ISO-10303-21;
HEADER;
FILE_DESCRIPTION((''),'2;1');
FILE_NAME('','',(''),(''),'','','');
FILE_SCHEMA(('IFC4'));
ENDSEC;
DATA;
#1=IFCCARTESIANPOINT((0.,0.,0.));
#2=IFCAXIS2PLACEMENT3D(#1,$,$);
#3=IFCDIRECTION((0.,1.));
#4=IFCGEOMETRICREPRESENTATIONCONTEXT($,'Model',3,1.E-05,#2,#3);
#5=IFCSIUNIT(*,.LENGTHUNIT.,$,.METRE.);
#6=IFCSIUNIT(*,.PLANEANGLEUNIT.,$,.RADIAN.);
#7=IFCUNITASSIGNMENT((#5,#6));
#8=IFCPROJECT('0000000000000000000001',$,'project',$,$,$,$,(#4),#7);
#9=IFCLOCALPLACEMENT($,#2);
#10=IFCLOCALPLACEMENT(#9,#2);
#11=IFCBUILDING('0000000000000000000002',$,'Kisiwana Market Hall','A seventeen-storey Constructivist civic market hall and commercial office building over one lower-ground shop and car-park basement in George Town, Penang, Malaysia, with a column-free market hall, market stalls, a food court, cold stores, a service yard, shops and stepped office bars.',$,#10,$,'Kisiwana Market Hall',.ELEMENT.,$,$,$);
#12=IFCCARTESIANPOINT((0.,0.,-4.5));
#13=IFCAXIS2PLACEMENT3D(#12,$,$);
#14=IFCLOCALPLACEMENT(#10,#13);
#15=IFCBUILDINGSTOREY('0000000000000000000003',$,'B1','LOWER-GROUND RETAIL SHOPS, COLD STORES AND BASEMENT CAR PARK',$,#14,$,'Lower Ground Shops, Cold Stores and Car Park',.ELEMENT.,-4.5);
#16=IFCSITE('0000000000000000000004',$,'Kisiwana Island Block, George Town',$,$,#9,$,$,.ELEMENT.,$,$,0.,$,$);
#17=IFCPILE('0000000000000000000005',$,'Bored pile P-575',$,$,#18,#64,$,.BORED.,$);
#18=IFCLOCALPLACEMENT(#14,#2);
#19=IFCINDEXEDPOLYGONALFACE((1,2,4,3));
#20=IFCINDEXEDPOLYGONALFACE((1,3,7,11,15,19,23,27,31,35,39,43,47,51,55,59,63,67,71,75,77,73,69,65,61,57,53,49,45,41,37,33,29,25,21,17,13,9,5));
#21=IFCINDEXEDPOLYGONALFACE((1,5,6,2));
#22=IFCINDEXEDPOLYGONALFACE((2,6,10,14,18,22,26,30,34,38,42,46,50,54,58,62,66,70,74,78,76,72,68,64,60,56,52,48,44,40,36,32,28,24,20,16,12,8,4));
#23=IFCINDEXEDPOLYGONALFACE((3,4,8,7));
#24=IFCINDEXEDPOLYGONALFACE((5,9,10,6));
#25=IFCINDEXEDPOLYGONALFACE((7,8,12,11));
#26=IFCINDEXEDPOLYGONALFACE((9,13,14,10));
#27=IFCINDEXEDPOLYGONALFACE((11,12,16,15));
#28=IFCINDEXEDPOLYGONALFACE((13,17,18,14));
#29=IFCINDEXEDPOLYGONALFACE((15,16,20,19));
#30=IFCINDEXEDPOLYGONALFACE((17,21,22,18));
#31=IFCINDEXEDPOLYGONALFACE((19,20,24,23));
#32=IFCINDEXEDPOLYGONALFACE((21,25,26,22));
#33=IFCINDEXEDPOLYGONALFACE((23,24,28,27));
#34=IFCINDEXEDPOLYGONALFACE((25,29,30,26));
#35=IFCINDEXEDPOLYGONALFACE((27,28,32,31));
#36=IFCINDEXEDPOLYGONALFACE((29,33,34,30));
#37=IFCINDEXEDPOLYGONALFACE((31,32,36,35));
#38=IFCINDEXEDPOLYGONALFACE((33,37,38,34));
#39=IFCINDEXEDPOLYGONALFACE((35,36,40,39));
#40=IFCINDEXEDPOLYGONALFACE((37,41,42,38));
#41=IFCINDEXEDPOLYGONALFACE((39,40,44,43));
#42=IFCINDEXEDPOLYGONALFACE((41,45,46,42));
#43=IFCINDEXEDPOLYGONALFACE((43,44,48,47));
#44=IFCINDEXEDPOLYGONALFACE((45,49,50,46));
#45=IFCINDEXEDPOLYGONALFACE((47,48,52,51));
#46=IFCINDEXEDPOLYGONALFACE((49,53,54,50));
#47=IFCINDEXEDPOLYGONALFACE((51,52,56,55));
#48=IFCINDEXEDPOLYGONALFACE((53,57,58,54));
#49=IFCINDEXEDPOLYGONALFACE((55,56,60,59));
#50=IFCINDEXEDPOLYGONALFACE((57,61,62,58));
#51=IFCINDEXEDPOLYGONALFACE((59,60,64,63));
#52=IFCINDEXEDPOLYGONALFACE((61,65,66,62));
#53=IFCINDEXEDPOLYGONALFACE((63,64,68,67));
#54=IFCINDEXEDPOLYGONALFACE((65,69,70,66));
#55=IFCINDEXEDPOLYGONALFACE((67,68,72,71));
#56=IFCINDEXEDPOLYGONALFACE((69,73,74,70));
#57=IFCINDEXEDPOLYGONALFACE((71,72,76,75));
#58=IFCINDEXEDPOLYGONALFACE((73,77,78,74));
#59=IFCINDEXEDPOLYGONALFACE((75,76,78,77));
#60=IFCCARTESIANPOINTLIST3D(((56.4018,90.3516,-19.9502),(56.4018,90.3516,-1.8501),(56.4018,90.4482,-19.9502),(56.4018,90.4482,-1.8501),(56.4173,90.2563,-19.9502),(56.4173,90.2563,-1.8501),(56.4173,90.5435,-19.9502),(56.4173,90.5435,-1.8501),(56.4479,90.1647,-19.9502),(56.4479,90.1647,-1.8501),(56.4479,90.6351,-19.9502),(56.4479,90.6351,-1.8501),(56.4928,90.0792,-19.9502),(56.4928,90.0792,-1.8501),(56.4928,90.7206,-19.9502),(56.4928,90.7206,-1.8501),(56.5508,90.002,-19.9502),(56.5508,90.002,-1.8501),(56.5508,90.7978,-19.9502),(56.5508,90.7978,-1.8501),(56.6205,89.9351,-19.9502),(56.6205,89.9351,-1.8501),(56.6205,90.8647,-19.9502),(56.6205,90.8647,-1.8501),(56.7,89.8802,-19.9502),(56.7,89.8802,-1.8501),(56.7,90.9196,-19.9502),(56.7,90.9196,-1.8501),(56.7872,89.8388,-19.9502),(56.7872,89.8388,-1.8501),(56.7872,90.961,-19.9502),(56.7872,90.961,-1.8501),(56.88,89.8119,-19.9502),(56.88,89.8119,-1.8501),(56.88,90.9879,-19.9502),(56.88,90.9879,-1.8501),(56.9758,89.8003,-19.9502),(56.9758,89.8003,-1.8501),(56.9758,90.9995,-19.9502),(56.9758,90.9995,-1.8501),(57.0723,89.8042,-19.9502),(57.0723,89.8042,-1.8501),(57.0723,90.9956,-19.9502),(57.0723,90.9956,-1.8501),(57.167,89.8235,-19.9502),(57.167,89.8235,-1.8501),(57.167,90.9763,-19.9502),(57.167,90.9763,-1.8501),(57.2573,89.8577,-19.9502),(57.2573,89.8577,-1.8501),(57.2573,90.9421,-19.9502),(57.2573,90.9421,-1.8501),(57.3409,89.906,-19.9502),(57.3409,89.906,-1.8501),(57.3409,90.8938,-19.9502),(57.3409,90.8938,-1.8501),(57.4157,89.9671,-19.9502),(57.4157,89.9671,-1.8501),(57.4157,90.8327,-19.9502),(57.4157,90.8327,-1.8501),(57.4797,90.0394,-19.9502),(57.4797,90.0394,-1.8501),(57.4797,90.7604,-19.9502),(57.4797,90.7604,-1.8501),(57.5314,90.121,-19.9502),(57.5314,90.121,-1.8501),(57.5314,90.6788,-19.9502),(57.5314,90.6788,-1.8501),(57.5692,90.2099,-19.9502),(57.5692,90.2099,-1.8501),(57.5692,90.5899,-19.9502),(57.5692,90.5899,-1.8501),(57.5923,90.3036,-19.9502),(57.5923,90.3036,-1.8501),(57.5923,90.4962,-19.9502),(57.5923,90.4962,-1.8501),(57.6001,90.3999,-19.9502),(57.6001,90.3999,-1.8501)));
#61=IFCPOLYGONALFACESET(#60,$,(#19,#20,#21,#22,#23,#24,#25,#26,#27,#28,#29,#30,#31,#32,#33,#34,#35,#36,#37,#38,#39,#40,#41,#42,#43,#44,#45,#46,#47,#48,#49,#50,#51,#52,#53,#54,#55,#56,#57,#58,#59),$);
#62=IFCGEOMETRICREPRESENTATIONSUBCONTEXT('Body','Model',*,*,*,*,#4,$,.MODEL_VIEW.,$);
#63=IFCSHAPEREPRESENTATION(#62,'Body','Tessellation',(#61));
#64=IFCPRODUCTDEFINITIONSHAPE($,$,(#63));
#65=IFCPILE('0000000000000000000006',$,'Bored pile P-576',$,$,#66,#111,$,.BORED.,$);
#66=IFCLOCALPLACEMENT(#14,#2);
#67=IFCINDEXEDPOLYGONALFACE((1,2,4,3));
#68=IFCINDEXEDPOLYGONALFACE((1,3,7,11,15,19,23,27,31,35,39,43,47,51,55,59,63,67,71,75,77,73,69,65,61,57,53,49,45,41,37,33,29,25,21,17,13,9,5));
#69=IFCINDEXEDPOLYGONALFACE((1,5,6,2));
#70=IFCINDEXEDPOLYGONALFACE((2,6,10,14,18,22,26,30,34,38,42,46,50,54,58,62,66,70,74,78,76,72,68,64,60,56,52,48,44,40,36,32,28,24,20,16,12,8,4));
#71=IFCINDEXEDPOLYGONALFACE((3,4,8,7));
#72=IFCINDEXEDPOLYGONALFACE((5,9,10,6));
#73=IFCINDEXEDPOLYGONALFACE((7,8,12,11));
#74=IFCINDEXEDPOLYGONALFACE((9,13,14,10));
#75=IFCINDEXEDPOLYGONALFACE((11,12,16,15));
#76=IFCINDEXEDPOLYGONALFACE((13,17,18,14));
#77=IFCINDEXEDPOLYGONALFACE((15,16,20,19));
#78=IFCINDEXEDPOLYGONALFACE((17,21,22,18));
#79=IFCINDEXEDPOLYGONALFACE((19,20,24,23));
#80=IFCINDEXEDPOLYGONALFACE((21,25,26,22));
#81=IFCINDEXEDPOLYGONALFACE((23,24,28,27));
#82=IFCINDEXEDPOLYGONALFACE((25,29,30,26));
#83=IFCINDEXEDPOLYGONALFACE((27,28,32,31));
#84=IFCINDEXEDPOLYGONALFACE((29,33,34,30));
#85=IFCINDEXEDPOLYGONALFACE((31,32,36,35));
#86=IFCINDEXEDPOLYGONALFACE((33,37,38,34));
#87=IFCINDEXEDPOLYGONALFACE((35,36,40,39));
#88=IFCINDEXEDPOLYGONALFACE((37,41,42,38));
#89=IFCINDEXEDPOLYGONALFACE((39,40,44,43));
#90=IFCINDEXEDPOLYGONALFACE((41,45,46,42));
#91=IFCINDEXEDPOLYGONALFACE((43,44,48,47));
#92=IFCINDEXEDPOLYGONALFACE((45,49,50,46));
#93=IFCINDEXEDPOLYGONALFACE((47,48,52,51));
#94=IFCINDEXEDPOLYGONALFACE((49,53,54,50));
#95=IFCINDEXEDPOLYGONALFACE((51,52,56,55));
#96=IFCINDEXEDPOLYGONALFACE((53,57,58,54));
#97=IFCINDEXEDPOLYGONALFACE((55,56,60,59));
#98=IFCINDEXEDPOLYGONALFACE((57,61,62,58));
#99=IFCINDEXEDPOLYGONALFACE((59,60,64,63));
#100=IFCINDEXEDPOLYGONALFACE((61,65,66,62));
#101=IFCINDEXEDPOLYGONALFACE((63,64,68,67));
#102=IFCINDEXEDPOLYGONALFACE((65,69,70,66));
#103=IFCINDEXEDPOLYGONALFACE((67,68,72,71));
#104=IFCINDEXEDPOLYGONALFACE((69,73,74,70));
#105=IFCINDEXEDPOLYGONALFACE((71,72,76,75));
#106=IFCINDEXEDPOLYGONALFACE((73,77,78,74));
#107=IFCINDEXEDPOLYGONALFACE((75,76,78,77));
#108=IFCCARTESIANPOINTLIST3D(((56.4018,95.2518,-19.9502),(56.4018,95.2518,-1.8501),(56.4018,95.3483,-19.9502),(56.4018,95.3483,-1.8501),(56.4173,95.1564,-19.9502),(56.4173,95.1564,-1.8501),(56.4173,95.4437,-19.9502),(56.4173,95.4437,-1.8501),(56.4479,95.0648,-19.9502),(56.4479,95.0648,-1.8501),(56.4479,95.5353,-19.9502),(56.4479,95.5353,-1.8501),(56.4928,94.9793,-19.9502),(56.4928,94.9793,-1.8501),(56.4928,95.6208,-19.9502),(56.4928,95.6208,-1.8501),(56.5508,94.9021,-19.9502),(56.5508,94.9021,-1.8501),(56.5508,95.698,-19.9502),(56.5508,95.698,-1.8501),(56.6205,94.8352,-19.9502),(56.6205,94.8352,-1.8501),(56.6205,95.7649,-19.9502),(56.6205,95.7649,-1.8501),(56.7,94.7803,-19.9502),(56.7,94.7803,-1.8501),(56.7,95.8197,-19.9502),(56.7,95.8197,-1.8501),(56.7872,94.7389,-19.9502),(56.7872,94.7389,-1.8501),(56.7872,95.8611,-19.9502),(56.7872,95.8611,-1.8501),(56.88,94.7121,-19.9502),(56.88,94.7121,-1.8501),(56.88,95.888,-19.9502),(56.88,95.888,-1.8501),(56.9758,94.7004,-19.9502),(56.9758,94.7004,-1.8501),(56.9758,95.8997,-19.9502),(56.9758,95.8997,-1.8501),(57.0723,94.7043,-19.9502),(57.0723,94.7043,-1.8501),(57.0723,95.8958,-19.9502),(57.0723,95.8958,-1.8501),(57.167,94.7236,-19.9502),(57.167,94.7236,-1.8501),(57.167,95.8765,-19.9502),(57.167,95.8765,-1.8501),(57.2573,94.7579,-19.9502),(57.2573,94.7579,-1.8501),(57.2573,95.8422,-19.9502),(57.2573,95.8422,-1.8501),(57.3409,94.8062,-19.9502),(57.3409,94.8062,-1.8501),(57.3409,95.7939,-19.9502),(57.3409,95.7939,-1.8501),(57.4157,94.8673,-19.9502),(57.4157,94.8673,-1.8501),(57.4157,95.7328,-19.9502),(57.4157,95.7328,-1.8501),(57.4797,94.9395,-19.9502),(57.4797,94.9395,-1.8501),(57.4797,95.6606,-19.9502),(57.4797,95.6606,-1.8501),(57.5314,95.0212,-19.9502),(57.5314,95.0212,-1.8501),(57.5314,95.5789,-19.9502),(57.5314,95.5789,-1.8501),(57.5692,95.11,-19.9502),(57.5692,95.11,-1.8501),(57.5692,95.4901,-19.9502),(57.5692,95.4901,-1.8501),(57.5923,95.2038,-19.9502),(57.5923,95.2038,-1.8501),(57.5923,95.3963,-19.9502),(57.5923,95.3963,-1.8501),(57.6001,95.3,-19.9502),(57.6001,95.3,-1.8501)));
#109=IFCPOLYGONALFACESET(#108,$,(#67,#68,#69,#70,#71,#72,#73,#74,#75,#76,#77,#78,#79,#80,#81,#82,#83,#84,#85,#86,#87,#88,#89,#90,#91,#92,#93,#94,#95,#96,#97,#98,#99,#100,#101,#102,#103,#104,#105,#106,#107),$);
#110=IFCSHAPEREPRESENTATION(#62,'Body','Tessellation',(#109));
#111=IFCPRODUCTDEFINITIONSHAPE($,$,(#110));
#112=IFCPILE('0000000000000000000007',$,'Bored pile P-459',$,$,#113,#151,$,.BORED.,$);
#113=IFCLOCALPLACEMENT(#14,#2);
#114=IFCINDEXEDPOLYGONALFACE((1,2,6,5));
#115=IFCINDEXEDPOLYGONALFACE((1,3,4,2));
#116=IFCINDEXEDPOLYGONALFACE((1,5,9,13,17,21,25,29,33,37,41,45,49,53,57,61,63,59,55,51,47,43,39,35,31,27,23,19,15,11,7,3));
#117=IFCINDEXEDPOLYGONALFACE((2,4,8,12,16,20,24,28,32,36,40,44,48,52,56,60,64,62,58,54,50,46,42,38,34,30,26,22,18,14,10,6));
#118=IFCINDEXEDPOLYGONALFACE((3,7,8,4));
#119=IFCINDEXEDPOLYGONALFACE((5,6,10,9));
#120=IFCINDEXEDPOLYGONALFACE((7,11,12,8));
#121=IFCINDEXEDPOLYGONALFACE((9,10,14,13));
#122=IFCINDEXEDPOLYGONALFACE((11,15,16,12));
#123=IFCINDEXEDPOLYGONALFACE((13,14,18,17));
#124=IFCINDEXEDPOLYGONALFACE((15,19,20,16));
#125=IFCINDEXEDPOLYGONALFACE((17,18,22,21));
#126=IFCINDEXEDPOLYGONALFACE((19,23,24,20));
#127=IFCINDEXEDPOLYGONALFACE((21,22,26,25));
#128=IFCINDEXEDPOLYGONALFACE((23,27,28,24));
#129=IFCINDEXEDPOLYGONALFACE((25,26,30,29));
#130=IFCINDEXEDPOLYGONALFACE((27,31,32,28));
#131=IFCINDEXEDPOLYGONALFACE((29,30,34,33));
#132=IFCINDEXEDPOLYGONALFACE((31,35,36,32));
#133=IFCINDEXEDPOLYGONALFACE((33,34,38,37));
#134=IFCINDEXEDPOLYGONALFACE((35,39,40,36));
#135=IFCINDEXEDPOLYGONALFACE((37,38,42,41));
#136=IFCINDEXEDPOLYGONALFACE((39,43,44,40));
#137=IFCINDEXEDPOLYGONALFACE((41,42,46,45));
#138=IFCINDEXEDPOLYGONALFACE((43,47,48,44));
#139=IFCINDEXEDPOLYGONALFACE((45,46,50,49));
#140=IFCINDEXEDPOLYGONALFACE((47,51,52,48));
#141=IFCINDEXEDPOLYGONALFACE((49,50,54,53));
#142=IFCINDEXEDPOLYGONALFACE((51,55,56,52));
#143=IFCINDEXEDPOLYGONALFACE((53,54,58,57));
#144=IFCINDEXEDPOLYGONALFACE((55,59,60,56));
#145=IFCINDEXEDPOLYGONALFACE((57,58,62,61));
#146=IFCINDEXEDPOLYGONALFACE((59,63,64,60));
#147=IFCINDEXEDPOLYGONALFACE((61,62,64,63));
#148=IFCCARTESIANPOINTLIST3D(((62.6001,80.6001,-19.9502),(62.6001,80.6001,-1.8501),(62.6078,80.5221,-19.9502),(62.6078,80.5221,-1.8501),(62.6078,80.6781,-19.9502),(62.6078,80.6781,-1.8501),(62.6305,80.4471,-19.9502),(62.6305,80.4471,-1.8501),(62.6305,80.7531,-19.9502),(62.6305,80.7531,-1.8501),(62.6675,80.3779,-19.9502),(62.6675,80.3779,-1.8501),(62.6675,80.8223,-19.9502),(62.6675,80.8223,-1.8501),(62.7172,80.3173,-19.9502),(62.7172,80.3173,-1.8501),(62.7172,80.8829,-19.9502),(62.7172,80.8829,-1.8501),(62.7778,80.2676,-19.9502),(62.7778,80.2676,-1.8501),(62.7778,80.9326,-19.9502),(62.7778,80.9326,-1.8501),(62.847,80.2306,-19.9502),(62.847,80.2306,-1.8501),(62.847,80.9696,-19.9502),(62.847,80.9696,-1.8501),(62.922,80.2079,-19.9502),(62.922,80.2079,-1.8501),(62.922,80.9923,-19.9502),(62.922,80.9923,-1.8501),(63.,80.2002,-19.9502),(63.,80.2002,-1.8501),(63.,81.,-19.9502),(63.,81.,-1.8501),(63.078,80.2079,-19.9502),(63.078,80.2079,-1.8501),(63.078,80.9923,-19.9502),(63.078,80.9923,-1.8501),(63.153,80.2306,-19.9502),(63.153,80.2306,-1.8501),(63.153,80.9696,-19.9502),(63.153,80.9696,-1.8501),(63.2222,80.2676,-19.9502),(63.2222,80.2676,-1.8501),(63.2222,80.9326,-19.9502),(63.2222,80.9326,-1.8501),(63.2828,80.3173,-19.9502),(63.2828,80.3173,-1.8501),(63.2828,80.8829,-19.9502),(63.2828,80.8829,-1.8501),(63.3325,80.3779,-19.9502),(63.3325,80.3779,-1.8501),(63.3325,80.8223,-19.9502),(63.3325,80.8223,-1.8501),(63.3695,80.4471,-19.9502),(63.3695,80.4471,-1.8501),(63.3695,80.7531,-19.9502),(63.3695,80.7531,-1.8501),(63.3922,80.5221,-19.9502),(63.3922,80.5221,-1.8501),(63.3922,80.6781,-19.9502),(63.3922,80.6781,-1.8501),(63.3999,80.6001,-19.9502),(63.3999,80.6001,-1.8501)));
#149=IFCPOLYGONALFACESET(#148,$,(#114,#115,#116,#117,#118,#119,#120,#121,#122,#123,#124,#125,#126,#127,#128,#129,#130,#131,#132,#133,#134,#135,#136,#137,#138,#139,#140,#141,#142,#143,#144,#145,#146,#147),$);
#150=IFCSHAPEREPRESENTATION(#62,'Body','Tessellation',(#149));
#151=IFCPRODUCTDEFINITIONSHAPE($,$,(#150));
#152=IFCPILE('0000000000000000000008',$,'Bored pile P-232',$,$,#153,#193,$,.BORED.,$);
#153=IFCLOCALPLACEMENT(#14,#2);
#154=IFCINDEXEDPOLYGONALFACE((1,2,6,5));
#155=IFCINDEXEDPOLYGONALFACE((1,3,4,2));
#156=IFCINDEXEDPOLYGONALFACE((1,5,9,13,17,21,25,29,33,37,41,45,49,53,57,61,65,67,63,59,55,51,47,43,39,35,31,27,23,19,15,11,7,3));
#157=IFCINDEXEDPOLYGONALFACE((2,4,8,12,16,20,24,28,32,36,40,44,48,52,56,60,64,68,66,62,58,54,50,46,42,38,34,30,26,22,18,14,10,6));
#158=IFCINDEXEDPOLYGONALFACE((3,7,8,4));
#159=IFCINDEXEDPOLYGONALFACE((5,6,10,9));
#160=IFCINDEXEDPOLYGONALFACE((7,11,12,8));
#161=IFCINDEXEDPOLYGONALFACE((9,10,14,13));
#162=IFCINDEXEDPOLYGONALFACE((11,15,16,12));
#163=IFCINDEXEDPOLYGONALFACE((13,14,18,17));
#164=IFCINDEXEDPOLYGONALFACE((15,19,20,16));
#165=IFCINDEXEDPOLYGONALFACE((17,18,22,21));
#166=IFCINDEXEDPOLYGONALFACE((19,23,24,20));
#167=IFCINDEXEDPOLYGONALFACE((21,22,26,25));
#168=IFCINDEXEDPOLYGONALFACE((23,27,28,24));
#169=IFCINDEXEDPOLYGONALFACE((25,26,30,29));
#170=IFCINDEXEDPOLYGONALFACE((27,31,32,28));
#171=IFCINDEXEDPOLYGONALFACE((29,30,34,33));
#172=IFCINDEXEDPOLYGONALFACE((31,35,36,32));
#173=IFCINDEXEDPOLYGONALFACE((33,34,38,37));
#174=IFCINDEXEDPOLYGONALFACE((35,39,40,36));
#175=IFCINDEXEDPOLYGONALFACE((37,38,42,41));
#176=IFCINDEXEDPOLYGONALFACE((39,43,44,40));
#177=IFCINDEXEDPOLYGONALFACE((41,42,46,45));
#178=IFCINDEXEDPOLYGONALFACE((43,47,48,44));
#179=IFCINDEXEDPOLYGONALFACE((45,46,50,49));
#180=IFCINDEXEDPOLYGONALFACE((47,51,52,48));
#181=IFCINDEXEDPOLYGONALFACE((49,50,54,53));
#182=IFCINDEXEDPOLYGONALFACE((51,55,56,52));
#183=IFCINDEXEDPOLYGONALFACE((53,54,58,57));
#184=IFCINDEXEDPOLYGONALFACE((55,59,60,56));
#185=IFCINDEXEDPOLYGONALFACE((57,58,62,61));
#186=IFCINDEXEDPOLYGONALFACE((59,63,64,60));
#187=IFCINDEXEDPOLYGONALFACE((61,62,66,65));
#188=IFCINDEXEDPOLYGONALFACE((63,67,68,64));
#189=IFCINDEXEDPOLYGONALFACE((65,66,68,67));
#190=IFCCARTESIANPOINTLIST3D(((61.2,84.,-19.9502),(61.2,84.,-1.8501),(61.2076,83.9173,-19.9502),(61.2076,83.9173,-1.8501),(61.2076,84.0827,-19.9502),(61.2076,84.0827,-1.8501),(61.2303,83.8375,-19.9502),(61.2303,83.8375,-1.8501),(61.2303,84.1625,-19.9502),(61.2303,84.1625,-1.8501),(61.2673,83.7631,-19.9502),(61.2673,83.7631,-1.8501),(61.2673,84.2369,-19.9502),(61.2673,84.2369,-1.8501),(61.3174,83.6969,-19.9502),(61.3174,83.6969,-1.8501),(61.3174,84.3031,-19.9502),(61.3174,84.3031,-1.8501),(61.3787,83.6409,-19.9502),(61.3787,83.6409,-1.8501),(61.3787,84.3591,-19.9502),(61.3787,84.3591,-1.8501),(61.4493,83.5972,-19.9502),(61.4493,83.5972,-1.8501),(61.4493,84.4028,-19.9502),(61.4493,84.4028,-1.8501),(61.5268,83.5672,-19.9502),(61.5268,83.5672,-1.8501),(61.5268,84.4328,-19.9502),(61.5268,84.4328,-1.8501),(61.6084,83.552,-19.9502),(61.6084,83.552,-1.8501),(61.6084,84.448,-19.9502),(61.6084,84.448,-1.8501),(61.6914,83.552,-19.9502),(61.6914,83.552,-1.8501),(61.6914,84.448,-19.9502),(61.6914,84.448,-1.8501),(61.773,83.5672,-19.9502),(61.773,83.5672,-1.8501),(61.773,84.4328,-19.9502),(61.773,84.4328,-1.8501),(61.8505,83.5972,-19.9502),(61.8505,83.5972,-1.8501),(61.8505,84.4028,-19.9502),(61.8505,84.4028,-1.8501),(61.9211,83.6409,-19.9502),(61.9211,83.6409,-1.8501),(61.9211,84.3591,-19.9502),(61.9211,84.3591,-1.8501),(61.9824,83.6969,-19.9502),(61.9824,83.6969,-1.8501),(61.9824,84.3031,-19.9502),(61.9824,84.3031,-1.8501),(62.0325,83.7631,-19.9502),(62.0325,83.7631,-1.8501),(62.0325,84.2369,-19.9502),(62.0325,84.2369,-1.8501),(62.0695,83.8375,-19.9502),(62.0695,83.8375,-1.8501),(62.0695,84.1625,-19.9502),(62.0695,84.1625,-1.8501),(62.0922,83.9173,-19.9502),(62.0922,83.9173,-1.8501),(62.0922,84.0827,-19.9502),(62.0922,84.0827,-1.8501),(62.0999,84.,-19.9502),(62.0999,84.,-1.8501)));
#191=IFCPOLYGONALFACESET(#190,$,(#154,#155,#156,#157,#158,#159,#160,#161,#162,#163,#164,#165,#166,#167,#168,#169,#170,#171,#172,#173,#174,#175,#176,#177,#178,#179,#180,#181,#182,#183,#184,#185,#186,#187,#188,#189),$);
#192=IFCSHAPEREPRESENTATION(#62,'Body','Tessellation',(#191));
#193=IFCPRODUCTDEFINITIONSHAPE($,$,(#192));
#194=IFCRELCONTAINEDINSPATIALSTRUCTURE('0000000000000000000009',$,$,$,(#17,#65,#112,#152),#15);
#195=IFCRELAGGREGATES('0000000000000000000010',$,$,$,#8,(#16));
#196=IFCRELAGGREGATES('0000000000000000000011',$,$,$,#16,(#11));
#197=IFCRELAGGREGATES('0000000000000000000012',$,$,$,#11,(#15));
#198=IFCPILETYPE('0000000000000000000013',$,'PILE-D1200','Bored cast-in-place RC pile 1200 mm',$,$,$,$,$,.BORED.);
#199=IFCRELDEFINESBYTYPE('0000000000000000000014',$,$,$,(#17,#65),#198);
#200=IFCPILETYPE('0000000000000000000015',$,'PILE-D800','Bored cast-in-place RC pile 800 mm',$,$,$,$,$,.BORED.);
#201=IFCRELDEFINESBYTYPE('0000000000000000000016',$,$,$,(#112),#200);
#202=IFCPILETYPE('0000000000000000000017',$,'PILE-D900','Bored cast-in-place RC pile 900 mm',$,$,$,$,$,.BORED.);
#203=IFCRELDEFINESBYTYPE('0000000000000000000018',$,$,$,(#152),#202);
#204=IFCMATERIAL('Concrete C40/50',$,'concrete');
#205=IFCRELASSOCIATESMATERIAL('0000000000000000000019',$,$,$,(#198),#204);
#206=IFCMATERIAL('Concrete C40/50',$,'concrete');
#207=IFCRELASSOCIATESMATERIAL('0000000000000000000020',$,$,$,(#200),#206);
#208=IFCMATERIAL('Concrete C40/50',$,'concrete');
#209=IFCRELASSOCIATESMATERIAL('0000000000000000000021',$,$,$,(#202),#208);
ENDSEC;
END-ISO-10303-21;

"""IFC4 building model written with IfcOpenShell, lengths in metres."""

from ifc_helpers import new_model, si_unit, direction, frame, origin, origin_2d, place, context, subcontext, project, spatial, circle, extrude, material, material_profile, profile_set, type_object, element, save


model = new_model("IFC4")

# Units and contexts
model_context = context("Model", 3, precision=1e-05, world=origin(), true_north=direction((0.0, 1.0)))
body_context = subcontext(model_context, "Body", "Model", "MODEL_VIEW")
ifc_project = project(units=[si_unit("LENGTHUNIT", "METRE"), si_unit("PLANEANGLEUNIT", "RADIAN")], contexts=[model_context])

# Site, building, storey
site_placement = place(None, origin())
site = spatial("IfcSite", under=ifc_project, at=site_placement, Name="Kisiwana Island Block, George Town", CompositionType="ELEMENT", RefElevation=0.0)
building_placement = place(site_placement, origin())
building = spatial("IfcBuilding", under=site, at=building_placement, Name="Kisiwana Market Hall", Description="A seventeen-storey Constructivist civic market hall and commercial office building over one lower-ground shop and car-park basement in George Town, Penang, Malaysia, with a column-free market hall, market stalls, a food court, cold stores, a service yard, shops and stepped office bars.", LongName="Kisiwana Market Hall", CompositionType="ELEMENT")
storey_placement = place(building_placement, frame((0.0, 0.0, -4.5)))
storey = spatial("IfcBuildingStorey", under=building, at=storey_placement, Name="B1", Description="LOWER-GROUND RETAIL SHOPS, COLD STORES AND BASEMENT CAR PARK", LongName="Lower Ground Shops, Cold Stores and Car Park", CompositionType="ELEMENT", Elevation=-4.5)

# Piles
ifc_material_1 = material(Name="Concrete C40/50", Category="concrete")
ifc_material_profile_1 = material_profile(ifc_material_1, circle(Radius=0.6001, at=origin_2d()), Name="BP D1200")
ifc_profile_set_1 = profile_set([ifc_material_profile_1], Name="Concrete C40/50")
pile_type_1 = type_object("IfcPileType", Name="PILE-D1200", Description="Bored cast-in-place RC pile 1200 mm", PredefinedType="BORED", material=ifc_profile_set_1)
for number, where, z_axis, x_axis, name in (
    (1, (57.0, 90.3999, -1.8501), (0.0, 0.0, -1.0), (1.0, 0.0, 0.0), "Bored pile P-575"),
    (2, (57.0, 95.3, -1.8501), (0.0, 0.0, -1.0), (1.0, 0.0, 0.0), "Bored pile P-576"),
):
    element("IfcPile", number, at=place(storey_placement, frame(where, z_axis=z_axis, x_axis=x_axis)), inside=storey, type_object=pile_type_1, Name=name, PredefinedType="BORED", context=body_context, shape_type="SweptSolid", body=[
        extrude(circle(Radius=0.6001, at=origin_2d()), origin(), (0.0, 0.0, 1.0), 18.1001),
    ])
ifc_material_2 = material(Name="Concrete C40/50", Category="concrete")
ifc_material_profile_2 = material_profile(ifc_material_2, circle(Radius=0.3999, at=origin_2d()), Name="BP D800")
ifc_profile_set_2 = profile_set([ifc_material_profile_2], Name="Concrete C40/50")
pile_type_2 = type_object("IfcPileType", Name="PILE-D800", Description="Bored cast-in-place RC pile 800 mm", PredefinedType="BORED", material=ifc_profile_set_2)
pile_placement = place(storey_placement, frame((63.0, 80.6001, -1.8501), z_axis=(0.0, 0.0, -1.0), x_axis=(1.0, 0.0, 0.0)))
element("IfcPile", 3, at=pile_placement, inside=storey, type_object=pile_type_2, Name="Bored pile P-459", PredefinedType="BORED", context=body_context, shape_type="SweptSolid", body=[
    extrude(circle(Radius=0.3999, at=origin_2d()), origin(), (0.0, 0.0, 1.0), 18.1001),
])
ifc_material_3 = material(Name="Concrete C40/50", Category="concrete")
ifc_material_profile_3 = material_profile(ifc_material_3, circle(Radius=0.45, at=origin_2d()), Name="BP D900")
ifc_profile_set_3 = profile_set([ifc_material_profile_3], Name="Concrete C40/50")
pile_type_3 = type_object("IfcPileType", Name="PILE-D900", Description="Bored cast-in-place RC pile 900 mm", PredefinedType="BORED", material=ifc_profile_set_3)
for number, where, z_axis, x_axis, name in (
    (4, (61.6499, 84.0, -1.8501), (0.0, 0.0, -1.0), (1.0, 0.0, 0.0), "Bored pile P-232"),
):
    element("IfcPile", number, at=place(storey_placement, frame(where, z_axis=z_axis, x_axis=x_axis)), inside=storey, type_object=pile_type_3, Name=name, PredefinedType="BORED", context=body_context, shape_type="SweptSolid", body=[
        extrude(circle(Radius=0.45, at=origin_2d()), origin(), (0.0, 0.0, 1.0), 18.1001),
    ])

save(model, "model.ifc")
